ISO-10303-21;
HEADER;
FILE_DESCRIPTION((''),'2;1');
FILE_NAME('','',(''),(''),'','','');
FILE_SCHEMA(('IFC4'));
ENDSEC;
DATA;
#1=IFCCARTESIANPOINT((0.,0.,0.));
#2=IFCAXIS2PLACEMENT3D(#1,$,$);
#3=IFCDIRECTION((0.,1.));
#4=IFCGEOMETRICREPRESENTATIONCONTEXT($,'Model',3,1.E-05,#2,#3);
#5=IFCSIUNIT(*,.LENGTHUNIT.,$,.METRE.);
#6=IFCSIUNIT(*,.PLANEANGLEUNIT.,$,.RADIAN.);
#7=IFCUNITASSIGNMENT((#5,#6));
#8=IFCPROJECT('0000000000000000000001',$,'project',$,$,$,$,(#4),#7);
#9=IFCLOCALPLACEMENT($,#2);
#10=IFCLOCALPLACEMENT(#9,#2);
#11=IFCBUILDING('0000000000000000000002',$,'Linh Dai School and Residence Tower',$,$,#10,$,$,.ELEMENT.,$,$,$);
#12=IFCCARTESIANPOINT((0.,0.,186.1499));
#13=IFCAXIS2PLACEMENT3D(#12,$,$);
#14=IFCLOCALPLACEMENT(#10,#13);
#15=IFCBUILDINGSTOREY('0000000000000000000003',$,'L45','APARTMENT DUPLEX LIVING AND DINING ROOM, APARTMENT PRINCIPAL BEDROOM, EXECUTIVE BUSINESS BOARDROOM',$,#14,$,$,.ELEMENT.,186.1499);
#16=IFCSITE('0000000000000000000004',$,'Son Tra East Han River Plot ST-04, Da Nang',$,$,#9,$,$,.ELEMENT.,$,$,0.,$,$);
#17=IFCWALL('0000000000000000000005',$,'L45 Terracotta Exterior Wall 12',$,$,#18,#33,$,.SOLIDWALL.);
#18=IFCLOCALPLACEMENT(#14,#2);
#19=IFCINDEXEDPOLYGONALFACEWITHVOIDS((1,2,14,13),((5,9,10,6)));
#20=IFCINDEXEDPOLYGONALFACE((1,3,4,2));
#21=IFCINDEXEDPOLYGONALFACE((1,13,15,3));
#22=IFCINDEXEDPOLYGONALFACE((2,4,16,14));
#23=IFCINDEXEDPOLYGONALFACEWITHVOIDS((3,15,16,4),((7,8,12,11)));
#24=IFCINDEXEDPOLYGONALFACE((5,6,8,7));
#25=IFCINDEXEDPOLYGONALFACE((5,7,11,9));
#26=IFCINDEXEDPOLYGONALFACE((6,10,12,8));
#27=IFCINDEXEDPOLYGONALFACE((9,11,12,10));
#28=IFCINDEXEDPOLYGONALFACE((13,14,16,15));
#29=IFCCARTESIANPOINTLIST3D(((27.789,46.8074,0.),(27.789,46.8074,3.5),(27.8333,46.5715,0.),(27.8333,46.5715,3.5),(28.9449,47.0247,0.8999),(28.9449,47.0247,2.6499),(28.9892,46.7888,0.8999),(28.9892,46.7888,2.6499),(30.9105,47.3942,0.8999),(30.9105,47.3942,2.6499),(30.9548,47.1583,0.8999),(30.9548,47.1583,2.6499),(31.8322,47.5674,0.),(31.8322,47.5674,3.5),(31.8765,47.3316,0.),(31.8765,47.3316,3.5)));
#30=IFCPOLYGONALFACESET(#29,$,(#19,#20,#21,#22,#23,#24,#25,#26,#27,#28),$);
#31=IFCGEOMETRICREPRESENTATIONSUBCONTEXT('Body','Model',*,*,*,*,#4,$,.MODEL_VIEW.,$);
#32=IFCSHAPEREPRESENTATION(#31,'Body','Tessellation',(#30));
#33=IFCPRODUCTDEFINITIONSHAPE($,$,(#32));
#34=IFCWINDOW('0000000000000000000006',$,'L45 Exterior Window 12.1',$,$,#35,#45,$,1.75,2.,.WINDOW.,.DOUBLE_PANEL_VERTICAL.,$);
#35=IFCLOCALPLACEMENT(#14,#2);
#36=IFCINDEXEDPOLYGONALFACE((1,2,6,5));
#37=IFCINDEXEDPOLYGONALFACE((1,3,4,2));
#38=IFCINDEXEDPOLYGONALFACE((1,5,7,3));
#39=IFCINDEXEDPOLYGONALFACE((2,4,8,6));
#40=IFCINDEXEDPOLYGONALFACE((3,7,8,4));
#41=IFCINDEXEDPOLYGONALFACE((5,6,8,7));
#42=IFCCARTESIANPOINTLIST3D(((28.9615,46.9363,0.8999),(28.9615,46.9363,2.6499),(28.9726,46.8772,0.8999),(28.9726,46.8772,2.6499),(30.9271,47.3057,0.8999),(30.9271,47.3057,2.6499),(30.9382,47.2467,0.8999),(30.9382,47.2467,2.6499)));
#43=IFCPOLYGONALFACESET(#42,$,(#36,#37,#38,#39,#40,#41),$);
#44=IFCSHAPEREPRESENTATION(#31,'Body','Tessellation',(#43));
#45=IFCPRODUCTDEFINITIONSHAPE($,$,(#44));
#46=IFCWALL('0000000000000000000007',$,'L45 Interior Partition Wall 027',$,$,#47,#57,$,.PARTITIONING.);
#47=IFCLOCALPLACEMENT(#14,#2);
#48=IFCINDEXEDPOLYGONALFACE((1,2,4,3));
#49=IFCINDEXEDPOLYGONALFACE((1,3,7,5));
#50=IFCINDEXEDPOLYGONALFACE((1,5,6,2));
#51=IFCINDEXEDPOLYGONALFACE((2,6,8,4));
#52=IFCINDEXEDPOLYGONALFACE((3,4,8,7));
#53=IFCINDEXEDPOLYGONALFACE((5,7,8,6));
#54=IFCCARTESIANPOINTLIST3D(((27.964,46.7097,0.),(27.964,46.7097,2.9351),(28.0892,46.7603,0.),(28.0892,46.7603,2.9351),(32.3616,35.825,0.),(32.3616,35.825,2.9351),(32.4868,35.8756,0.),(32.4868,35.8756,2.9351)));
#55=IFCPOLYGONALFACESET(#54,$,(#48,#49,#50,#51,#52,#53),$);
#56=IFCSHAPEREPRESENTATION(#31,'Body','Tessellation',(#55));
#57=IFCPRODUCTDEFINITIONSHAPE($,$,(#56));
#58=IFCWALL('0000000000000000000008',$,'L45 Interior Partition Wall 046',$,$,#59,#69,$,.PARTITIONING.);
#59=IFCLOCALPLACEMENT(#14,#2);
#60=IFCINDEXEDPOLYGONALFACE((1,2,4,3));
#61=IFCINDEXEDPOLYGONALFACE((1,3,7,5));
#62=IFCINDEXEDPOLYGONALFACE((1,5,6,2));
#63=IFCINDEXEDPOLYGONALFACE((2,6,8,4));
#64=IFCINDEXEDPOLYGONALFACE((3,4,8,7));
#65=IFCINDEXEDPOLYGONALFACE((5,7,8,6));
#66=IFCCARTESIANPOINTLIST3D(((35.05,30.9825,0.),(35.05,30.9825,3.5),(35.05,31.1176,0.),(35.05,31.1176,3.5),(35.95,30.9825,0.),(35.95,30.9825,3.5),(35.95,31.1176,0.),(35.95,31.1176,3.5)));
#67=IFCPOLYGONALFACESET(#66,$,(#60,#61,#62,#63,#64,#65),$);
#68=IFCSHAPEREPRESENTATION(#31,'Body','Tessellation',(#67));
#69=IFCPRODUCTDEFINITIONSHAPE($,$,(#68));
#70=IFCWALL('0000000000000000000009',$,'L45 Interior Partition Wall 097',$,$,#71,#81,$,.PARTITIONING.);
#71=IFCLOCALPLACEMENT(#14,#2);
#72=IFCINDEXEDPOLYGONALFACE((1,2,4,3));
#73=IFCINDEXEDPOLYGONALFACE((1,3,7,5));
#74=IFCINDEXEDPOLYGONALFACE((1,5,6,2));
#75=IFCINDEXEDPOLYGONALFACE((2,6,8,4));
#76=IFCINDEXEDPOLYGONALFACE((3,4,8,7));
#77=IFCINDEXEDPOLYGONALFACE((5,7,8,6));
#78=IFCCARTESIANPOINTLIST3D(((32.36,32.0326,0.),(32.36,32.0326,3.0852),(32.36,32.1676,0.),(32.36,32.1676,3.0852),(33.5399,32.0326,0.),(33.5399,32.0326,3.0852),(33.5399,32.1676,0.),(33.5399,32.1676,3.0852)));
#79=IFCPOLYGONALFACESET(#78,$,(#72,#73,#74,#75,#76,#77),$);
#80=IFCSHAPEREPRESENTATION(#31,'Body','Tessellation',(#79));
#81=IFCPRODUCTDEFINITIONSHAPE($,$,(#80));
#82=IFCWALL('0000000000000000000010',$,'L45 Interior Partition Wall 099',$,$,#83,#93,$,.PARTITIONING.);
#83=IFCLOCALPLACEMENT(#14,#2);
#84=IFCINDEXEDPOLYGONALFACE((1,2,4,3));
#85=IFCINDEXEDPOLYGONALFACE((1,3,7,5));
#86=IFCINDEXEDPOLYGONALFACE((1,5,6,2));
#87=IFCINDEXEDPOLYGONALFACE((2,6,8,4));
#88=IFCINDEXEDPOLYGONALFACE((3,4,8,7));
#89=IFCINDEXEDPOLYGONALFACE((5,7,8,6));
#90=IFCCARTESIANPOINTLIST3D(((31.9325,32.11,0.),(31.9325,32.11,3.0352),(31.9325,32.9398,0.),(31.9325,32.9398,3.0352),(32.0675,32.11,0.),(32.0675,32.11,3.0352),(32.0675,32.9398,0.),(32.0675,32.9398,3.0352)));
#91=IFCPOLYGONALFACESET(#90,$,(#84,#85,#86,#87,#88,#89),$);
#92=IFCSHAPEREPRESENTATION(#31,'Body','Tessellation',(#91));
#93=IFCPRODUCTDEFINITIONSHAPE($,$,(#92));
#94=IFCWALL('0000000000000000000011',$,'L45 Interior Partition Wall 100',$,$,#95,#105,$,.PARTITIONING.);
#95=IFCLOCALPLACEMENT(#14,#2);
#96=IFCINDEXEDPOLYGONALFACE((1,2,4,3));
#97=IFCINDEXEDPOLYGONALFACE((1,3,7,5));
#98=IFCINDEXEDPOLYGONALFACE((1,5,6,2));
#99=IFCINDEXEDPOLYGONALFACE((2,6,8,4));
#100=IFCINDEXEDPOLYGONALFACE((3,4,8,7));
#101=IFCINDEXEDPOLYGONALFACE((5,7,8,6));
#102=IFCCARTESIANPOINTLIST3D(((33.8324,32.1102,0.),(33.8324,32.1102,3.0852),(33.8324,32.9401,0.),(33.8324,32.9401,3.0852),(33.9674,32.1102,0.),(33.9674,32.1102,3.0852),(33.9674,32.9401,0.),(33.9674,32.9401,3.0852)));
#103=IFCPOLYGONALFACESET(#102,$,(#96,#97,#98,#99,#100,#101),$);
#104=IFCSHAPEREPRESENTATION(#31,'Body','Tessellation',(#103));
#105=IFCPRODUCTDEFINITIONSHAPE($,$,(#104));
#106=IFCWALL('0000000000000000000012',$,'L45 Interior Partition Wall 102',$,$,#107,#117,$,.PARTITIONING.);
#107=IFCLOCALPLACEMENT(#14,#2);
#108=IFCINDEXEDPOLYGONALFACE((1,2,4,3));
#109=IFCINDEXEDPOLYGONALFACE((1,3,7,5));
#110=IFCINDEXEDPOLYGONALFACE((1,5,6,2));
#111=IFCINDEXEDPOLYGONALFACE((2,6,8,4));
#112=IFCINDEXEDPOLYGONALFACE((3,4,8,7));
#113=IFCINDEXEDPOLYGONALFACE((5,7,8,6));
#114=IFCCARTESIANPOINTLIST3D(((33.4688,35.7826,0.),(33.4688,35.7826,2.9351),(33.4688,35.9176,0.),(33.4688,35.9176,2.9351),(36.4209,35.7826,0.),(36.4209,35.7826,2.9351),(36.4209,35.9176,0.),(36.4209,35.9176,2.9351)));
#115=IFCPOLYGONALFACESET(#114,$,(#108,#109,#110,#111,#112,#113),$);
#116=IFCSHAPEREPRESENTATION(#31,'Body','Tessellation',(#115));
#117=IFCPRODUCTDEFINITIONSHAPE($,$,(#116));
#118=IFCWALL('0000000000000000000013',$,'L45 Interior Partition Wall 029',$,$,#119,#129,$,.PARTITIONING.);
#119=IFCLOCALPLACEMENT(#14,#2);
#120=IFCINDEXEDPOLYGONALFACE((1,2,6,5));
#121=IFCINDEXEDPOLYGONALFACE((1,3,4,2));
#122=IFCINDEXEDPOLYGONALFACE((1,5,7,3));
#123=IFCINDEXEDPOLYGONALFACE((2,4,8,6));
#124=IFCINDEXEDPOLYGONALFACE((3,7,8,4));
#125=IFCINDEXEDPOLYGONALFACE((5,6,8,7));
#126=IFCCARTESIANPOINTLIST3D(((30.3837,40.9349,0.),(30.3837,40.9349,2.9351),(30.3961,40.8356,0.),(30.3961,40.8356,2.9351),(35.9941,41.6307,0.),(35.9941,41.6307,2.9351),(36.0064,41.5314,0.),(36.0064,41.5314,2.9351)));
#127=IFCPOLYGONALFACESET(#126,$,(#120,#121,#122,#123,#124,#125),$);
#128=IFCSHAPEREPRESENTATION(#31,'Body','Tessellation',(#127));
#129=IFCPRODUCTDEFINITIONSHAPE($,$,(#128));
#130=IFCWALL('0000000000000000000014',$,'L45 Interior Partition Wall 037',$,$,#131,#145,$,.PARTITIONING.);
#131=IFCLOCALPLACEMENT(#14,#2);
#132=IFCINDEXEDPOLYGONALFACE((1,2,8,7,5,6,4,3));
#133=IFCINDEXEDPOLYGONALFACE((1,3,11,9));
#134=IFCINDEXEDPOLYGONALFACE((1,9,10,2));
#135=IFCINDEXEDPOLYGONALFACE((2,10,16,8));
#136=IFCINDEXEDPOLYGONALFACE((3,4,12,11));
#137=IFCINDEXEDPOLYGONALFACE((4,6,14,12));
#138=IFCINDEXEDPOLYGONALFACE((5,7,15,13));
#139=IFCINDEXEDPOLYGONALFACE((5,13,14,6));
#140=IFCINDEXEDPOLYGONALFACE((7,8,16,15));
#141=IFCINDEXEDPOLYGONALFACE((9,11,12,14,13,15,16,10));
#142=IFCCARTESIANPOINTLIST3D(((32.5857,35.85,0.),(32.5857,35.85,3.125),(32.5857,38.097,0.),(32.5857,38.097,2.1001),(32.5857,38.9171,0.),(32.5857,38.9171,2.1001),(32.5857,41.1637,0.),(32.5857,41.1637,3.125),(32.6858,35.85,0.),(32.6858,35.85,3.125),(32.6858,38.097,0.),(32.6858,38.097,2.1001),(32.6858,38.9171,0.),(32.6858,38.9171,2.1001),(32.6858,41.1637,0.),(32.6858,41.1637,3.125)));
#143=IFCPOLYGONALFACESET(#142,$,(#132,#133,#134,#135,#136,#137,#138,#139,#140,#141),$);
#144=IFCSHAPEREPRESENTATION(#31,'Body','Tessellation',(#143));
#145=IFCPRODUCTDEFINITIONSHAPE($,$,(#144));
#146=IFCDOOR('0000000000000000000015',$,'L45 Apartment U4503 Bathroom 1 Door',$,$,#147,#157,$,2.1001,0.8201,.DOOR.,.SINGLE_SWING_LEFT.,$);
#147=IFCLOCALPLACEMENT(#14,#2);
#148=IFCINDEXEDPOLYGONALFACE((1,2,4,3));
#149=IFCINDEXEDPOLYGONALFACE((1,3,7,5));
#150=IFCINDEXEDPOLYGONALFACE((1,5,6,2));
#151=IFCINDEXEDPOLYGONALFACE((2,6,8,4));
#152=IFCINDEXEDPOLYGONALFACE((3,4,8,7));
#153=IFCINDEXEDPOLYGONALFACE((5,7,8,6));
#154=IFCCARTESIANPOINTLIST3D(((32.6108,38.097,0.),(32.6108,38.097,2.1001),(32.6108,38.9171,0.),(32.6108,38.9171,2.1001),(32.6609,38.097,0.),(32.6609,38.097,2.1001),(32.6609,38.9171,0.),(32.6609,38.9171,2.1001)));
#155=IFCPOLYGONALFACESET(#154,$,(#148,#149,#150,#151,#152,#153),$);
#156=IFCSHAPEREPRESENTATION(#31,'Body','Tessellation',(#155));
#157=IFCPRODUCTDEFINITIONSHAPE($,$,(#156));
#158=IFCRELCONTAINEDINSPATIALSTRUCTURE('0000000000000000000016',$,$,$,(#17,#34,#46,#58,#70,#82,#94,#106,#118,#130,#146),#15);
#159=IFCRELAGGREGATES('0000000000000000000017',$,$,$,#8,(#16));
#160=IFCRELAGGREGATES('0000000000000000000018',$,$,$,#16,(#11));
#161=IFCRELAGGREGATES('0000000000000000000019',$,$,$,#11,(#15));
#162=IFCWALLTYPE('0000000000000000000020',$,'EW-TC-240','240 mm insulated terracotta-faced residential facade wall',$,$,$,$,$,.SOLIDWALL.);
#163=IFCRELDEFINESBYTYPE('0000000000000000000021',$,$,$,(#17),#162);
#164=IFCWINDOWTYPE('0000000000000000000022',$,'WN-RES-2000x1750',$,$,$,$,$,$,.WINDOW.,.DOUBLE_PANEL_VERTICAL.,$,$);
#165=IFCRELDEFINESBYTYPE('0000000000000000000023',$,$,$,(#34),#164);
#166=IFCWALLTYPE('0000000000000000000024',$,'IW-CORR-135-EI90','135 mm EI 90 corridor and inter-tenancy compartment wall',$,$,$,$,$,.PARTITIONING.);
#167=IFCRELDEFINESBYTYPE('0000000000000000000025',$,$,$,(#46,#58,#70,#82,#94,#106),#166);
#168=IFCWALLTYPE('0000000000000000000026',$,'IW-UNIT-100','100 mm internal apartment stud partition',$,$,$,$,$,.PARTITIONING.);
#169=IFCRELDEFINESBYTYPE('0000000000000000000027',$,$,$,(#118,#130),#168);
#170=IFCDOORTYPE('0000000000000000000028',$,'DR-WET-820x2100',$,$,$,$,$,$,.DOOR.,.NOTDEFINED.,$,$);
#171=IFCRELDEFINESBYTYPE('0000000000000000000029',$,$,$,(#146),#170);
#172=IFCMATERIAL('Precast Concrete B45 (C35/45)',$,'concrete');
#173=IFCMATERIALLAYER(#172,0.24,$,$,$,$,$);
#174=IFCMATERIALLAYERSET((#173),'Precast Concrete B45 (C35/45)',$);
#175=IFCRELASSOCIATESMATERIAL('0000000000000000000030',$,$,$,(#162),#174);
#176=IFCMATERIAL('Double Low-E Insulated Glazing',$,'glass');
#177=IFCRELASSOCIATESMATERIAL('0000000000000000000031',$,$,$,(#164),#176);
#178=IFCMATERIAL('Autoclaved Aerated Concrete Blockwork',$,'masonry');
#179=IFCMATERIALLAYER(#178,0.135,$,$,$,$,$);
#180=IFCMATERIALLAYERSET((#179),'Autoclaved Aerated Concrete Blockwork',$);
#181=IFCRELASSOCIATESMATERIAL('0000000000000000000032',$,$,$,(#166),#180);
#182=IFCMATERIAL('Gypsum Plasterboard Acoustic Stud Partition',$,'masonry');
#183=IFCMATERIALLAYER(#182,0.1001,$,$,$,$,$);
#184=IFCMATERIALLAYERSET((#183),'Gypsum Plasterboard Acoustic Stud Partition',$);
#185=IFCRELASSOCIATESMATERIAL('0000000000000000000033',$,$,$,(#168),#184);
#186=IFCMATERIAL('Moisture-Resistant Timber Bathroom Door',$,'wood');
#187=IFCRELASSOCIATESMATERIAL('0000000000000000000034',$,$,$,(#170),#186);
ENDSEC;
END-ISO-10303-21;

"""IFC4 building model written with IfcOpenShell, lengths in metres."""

from ifc_helpers import new_model, si_unit, direction, frame, frame_2d, origin, origin_2d, place, context, subcontext, project, spatial, rectangle, extrude, source, transform, mapped, material, layer, layer_set, type_object, element, fill, save


model = new_model("IFC4")

# Units and contexts
model_context = context("Model", 3, precision=1e-05, world=origin(), true_north=direction((0.0, 1.0)))
body_context = subcontext(model_context, "Body", "Model", "MODEL_VIEW")
ifc_project = project(units=[si_unit("LENGTHUNIT", "METRE"), si_unit("PLANEANGLEUNIT", "RADIAN")], contexts=[model_context])

# Site, building, storey
site_placement = place(None, origin())
site = spatial("IfcSite", under=ifc_project, at=site_placement, Name="Son Tra East Han River Plot ST-04, Da Nang", CompositionType="ELEMENT", RefElevation=0.0)
building_placement = place(site_placement, origin())
building = spatial("IfcBuilding", under=site, at=building_placement, Name="Linh Dai School and Residence Tower", CompositionType="ELEMENT")
storey_placement = place(building_placement, frame((0.0, 0.0, 186.1499)))
storey = spatial("IfcBuildingStorey", under=building, at=storey_placement, Name="L45", Description="APARTMENT DUPLEX LIVING AND DINING ROOM, APARTMENT PRINCIPAL BEDROOM, EXECUTIVE BUSINESS BOARDROOM", CompositionType="ELEMENT", Elevation=186.1499)

# Wall, opening, window
ifc_material_1 = material(Name="Precast Concrete B45 (C35/45)", Category="concrete")
ifc_layer_1 = layer(ifc_material_1, 0.24)
ifc_layer_set_1 = layer_set([ifc_layer_1], Name="Precast Concrete B45 (C35/45)")
wall_type_1 = type_object("IfcWallType", Name="EW-TC-240", Description="240 mm insulated terracotta-faced residential facade wall", PredefinedType="SOLIDWALL", material=ifc_layer_set_1)
ifc_material_2 = material(Name="Double Low-E Insulated Glazing", Category="glass")
window_type = type_object("IfcWindowType", Name="WN-RES-2000x1750", PartitioningType="DOUBLE_PANEL_VERTICAL", PredefinedType="WINDOW", material=ifc_material_2)
shared_shape_1 = source(origin(), body_context, "Body", "SweptSolid", [
    extrude(rectangle(XDim=2.0, YDim=1.75, at=origin_2d()), frame((1.0, 0.03, 0.875), z_axis=(0.0, -1.0, 0.0), x_axis=(1.0, 0.0, 0.0)), (0.0, 0.0, 1.0), 0.0601),
])
wall_1_placement = place(storey_placement, frame((27.811, 46.6895, 0.0), z_axis=(0.0, 0.0, 1.0), x_axis=(0.982788, 0.184736, 0.0)))
wall_1 = element("IfcWall", 1, at=wall_1_placement, inside=storey, type_object=wall_type_1, Name="L45 Terracotta Exterior Wall 12", PredefinedType="SOLIDWALL", context=body_context, shape_type="SweptSolid", body=[
    extrude(rectangle(XDim=4.114, YDim=0.24, at=frame_2d((2.0571, 0.0))), origin(), (0.0, 0.0, 1.0), 3.5),
])
opening_1_placement = place(wall_1_placement, frame((1.1763, 0.0, 0.8999)))
opening_1 = element("IfcOpeningElement", 2, at=opening_1_placement, cuts=wall_1, PredefinedType="OPENING", context=body_context, shape_type="SweptSolid", body=[
    extrude(rectangle(XDim=2.0, YDim=1.75, at=origin_2d()), frame((1.0, 0.1299, 0.875), z_axis=(0.0, -1.0, 0.0), x_axis=(1.0, 0.0, 0.0)), (0.0, 0.0, 1.0), 0.26),
])
window_1_placement = place(opening_1_placement, origin())
window_1 = element("IfcWindow", 3, at=window_1_placement, inside=storey, type_object=window_type, Name="L45 Exterior Window 12.1", OverallHeight=1.75, OverallWidth=2.0, PartitioningType="DOUBLE_PANEL_VERTICAL", PredefinedType="WINDOW", context=body_context, shape_type="MappedRepresentation", body=[
    mapped(shared_shape_1, transform((0.0, 0.0, 0.0), x_axis=(1.0, 0.0, 0.0), y_axis=(0.0, 1.0, 0.0), z_axis=(0.0, 0.0, 1.0), scale=1.0)),
])
fill(opening_1, window_1)

# Walls
ifc_material_3 = material(Name="Autoclaved Aerated Concrete Blockwork", Category="masonry")
ifc_layer_2 = layer(ifc_material_3, 0.135)
ifc_layer_set_2 = layer_set([ifc_layer_2], Name="Autoclaved Aerated Concrete Blockwork")
wall_type_2 = type_object("IfcWallType", Name="IW-CORR-135-EI90", Description="135 mm EI 90 corridor and inter-tenancy compartment wall", PredefinedType="PARTITIONING", material=ifc_layer_set_2)
wall_2_placement = place(storey_placement, frame((28.0266, 46.7349, 0.0), z_axis=(0.0, 0.0, 1.0), x_axis=(0.374605, -0.927185, 0.0)))
element("IfcWall", 4, at=wall_2_placement, inside=storey, type_object=wall_type_2, Name="L45 Interior Partition Wall 027", PredefinedType="PARTITIONING", context=body_context, shape_type="SweptSolid", body=[
    extrude(rectangle(XDim=11.7395, YDim=0.135, at=frame_2d((5.8696, 0.0))), origin(), (0.0, 0.0, 1.0), 2.9351),
])
wall_3_placement = place(storey_placement, frame((35.05, 31.05, 0.0), z_axis=(0.0, 0.0, 1.0), x_axis=(1.0, 0.0, 0.0)))
element("IfcWall", 5, at=wall_3_placement, inside=storey, type_object=wall_type_2, Name="L45 Interior Partition Wall 046", PredefinedType="PARTITIONING", context=body_context, shape_type="SweptSolid", body=[
    extrude(rectangle(XDim=0.8999, YDim=0.135, at=frame_2d((0.45, 0.0))), origin(), (0.0, 0.0, 1.0), 3.5),
])
wall_4_placement = place(storey_placement, frame((32.3601, 32.1001, 0.0), z_axis=(0.0, 0.0, 1.0), x_axis=(1.0, 0.0, 0.0)))
element("IfcWall", 6, at=wall_4_placement, inside=storey, type_object=wall_type_2, Name="L45 Interior Partition Wall 097", PredefinedType="PARTITIONING", context=body_context, shape_type="SweptSolid", body=[
    extrude(rectangle(XDim=1.1799, YDim=0.135, at=frame_2d((0.5898, 0.0))), origin(), (0.0, 0.0, 1.0), 3.0852),
])
wall_5_placement = place(storey_placement, frame((32.0, 32.9399, 0.0), z_axis=(0.0, 0.0, 1.0), x_axis=(0.0, -1.0, 0.0)))
element("IfcWall", 7, at=wall_5_placement, inside=storey, type_object=wall_type_2, Name="L45 Interior Partition Wall 099", PredefinedType="PARTITIONING", context=body_context, shape_type="SweptSolid", body=[
    extrude(rectangle(XDim=0.8298, YDim=0.135, at=frame_2d((0.415, 0.0))), origin(), (0.0, 0.0, 1.0), 3.0352),
])
wall_6_placement = place(storey_placement, frame((33.8999, 32.1101, 0.0), z_axis=(0.0, 0.0, 1.0), x_axis=(0.0, 1.0, 0.0)))
element("IfcWall", 8, at=wall_6_placement, inside=storey, type_object=wall_type_2, Name="L45 Interior Partition Wall 100", PredefinedType="PARTITIONING", context=body_context, shape_type="SweptSolid", body=[
    extrude(rectangle(XDim=0.8298, YDim=0.135, at=frame_2d((0.415, 0.0))), origin(), (0.0, 0.0, 1.0), 3.0852),
])
wall_7_placement = place(storey_placement, frame((33.4688, 35.8501, 0.0), z_axis=(0.0, 0.0, 1.0), x_axis=(1.0, 0.0, 0.0)))
element("IfcWall", 9, at=wall_7_placement, inside=storey, type_object=wall_type_2, Name="L45 Interior Partition Wall 102", PredefinedType="PARTITIONING", context=body_context, shape_type="SweptSolid", body=[
    extrude(rectangle(XDim=2.9521, YDim=0.135, at=frame_2d((1.4761, 0.0))), origin(), (0.0, 0.0, 1.0), 2.9351),
])
ifc_material_4 = material(Name="Gypsum Plasterboard Acoustic Stud Partition", Category="masonry")
ifc_layer_3 = layer(ifc_material_4, 0.1001)
ifc_layer_set_3 = layer_set([ifc_layer_3], Name="Gypsum Plasterboard Acoustic Stud Partition")
wall_type_3 = type_object("IfcWallType", Name="IW-UNIT-100", Description="100 mm internal apartment stud partition", PredefinedType="PARTITIONING", material=ifc_layer_set_3)
wall_8_placement = place(storey_placement, frame((30.3899, 40.8853, 0.0), z_axis=(0.0, 0.0, 1.0), x_axis=(0.992397, 0.123078, 0.0)))
element("IfcWall", 10, at=wall_8_placement, inside=storey, type_object=wall_type_3, Name="L45 Interior Partition Wall 029", PredefinedType="PARTITIONING", context=body_context, shape_type="SweptSolid", body=[
    extrude(rectangle(XDim=5.6533, YDim=0.1001, at=frame_2d((2.8267, 0.0))), origin(), (0.0, 0.0, 1.0), 2.9351),
])

# Wall, opening, door
wall_9_placement = place(storey_placement, frame((32.6357, 35.8501, 0.0), z_axis=(0.0, 0.0, 1.0), x_axis=(0.0, 1.0, 0.0)))
wall_9 = element("IfcWall", 11, at=wall_9_placement, inside=storey, type_object=wall_type_3, Name="L45 Interior Partition Wall 037", PredefinedType="PARTITIONING", context=body_context, shape_type="SweptSolid", body=[
    extrude(rectangle(XDim=5.3137, YDim=0.1001, at=frame_2d((2.6567, 0.0))), origin(), (0.0, 0.0, 1.0), 3.125),
])
opening_2_placement = place(wall_9_placement, frame((2.2468, 0.0, 0.0)))
opening_2 = element("IfcOpeningElement", 12, at=opening_2_placement, cuts=wall_9, PredefinedType="OPENING", context=body_context, shape_type="SweptSolid", body=[
    extrude(rectangle(XDim=0.8201, YDim=2.1001, at=origin_2d()), frame((0.4102, 0.0601, 1.05), z_axis=(0.0, -1.0, 0.0), x_axis=(1.0, 0.0, 0.0)), (0.0, 0.0, 1.0), 0.1201),
])
ifc_material_5 = material(Name="Moisture-Resistant Timber Bathroom Door", Category="wood")
door_type_1 = type_object("IfcDoorType", Name="DR-WET-820x2100", OperationType="NOTDEFINED", PredefinedType="DOOR", material=ifc_material_5)
shared_shape_2 = source(origin(), body_context, "Body", "SweptSolid", [
    extrude(rectangle(XDim=0.8201, YDim=2.1001, at=origin_2d()), frame((0.4102, 0.0249, 1.05), z_axis=(0.0, -1.0, 0.0), x_axis=(1.0, 0.0, 0.0)), (0.0, 0.0, 1.0), 0.05),
])
door_1_placement = place(opening_2_placement, origin())
door_1 = element("IfcDoor", 13, at=door_1_placement, inside=storey, type_object=door_type_1, Name="L45 Apartment U4503 Bathroom 1 Door", OperationType="SINGLE_SWING_LEFT", OverallHeight=2.1001, OverallWidth=0.8201, PredefinedType="DOOR", context=body_context, shape_type="MappedRepresentation", body=[
    mapped(shared_shape_2, transform((0.0, 0.0, 0.0), x_axis=(1.0, 0.0, 0.0), y_axis=(0.0, 1.0, 0.0), z_axis=(0.0, 0.0, 1.0), scale=1.0)),
])
fill(opening_2, door_1)

save(model, "model.ifc")
